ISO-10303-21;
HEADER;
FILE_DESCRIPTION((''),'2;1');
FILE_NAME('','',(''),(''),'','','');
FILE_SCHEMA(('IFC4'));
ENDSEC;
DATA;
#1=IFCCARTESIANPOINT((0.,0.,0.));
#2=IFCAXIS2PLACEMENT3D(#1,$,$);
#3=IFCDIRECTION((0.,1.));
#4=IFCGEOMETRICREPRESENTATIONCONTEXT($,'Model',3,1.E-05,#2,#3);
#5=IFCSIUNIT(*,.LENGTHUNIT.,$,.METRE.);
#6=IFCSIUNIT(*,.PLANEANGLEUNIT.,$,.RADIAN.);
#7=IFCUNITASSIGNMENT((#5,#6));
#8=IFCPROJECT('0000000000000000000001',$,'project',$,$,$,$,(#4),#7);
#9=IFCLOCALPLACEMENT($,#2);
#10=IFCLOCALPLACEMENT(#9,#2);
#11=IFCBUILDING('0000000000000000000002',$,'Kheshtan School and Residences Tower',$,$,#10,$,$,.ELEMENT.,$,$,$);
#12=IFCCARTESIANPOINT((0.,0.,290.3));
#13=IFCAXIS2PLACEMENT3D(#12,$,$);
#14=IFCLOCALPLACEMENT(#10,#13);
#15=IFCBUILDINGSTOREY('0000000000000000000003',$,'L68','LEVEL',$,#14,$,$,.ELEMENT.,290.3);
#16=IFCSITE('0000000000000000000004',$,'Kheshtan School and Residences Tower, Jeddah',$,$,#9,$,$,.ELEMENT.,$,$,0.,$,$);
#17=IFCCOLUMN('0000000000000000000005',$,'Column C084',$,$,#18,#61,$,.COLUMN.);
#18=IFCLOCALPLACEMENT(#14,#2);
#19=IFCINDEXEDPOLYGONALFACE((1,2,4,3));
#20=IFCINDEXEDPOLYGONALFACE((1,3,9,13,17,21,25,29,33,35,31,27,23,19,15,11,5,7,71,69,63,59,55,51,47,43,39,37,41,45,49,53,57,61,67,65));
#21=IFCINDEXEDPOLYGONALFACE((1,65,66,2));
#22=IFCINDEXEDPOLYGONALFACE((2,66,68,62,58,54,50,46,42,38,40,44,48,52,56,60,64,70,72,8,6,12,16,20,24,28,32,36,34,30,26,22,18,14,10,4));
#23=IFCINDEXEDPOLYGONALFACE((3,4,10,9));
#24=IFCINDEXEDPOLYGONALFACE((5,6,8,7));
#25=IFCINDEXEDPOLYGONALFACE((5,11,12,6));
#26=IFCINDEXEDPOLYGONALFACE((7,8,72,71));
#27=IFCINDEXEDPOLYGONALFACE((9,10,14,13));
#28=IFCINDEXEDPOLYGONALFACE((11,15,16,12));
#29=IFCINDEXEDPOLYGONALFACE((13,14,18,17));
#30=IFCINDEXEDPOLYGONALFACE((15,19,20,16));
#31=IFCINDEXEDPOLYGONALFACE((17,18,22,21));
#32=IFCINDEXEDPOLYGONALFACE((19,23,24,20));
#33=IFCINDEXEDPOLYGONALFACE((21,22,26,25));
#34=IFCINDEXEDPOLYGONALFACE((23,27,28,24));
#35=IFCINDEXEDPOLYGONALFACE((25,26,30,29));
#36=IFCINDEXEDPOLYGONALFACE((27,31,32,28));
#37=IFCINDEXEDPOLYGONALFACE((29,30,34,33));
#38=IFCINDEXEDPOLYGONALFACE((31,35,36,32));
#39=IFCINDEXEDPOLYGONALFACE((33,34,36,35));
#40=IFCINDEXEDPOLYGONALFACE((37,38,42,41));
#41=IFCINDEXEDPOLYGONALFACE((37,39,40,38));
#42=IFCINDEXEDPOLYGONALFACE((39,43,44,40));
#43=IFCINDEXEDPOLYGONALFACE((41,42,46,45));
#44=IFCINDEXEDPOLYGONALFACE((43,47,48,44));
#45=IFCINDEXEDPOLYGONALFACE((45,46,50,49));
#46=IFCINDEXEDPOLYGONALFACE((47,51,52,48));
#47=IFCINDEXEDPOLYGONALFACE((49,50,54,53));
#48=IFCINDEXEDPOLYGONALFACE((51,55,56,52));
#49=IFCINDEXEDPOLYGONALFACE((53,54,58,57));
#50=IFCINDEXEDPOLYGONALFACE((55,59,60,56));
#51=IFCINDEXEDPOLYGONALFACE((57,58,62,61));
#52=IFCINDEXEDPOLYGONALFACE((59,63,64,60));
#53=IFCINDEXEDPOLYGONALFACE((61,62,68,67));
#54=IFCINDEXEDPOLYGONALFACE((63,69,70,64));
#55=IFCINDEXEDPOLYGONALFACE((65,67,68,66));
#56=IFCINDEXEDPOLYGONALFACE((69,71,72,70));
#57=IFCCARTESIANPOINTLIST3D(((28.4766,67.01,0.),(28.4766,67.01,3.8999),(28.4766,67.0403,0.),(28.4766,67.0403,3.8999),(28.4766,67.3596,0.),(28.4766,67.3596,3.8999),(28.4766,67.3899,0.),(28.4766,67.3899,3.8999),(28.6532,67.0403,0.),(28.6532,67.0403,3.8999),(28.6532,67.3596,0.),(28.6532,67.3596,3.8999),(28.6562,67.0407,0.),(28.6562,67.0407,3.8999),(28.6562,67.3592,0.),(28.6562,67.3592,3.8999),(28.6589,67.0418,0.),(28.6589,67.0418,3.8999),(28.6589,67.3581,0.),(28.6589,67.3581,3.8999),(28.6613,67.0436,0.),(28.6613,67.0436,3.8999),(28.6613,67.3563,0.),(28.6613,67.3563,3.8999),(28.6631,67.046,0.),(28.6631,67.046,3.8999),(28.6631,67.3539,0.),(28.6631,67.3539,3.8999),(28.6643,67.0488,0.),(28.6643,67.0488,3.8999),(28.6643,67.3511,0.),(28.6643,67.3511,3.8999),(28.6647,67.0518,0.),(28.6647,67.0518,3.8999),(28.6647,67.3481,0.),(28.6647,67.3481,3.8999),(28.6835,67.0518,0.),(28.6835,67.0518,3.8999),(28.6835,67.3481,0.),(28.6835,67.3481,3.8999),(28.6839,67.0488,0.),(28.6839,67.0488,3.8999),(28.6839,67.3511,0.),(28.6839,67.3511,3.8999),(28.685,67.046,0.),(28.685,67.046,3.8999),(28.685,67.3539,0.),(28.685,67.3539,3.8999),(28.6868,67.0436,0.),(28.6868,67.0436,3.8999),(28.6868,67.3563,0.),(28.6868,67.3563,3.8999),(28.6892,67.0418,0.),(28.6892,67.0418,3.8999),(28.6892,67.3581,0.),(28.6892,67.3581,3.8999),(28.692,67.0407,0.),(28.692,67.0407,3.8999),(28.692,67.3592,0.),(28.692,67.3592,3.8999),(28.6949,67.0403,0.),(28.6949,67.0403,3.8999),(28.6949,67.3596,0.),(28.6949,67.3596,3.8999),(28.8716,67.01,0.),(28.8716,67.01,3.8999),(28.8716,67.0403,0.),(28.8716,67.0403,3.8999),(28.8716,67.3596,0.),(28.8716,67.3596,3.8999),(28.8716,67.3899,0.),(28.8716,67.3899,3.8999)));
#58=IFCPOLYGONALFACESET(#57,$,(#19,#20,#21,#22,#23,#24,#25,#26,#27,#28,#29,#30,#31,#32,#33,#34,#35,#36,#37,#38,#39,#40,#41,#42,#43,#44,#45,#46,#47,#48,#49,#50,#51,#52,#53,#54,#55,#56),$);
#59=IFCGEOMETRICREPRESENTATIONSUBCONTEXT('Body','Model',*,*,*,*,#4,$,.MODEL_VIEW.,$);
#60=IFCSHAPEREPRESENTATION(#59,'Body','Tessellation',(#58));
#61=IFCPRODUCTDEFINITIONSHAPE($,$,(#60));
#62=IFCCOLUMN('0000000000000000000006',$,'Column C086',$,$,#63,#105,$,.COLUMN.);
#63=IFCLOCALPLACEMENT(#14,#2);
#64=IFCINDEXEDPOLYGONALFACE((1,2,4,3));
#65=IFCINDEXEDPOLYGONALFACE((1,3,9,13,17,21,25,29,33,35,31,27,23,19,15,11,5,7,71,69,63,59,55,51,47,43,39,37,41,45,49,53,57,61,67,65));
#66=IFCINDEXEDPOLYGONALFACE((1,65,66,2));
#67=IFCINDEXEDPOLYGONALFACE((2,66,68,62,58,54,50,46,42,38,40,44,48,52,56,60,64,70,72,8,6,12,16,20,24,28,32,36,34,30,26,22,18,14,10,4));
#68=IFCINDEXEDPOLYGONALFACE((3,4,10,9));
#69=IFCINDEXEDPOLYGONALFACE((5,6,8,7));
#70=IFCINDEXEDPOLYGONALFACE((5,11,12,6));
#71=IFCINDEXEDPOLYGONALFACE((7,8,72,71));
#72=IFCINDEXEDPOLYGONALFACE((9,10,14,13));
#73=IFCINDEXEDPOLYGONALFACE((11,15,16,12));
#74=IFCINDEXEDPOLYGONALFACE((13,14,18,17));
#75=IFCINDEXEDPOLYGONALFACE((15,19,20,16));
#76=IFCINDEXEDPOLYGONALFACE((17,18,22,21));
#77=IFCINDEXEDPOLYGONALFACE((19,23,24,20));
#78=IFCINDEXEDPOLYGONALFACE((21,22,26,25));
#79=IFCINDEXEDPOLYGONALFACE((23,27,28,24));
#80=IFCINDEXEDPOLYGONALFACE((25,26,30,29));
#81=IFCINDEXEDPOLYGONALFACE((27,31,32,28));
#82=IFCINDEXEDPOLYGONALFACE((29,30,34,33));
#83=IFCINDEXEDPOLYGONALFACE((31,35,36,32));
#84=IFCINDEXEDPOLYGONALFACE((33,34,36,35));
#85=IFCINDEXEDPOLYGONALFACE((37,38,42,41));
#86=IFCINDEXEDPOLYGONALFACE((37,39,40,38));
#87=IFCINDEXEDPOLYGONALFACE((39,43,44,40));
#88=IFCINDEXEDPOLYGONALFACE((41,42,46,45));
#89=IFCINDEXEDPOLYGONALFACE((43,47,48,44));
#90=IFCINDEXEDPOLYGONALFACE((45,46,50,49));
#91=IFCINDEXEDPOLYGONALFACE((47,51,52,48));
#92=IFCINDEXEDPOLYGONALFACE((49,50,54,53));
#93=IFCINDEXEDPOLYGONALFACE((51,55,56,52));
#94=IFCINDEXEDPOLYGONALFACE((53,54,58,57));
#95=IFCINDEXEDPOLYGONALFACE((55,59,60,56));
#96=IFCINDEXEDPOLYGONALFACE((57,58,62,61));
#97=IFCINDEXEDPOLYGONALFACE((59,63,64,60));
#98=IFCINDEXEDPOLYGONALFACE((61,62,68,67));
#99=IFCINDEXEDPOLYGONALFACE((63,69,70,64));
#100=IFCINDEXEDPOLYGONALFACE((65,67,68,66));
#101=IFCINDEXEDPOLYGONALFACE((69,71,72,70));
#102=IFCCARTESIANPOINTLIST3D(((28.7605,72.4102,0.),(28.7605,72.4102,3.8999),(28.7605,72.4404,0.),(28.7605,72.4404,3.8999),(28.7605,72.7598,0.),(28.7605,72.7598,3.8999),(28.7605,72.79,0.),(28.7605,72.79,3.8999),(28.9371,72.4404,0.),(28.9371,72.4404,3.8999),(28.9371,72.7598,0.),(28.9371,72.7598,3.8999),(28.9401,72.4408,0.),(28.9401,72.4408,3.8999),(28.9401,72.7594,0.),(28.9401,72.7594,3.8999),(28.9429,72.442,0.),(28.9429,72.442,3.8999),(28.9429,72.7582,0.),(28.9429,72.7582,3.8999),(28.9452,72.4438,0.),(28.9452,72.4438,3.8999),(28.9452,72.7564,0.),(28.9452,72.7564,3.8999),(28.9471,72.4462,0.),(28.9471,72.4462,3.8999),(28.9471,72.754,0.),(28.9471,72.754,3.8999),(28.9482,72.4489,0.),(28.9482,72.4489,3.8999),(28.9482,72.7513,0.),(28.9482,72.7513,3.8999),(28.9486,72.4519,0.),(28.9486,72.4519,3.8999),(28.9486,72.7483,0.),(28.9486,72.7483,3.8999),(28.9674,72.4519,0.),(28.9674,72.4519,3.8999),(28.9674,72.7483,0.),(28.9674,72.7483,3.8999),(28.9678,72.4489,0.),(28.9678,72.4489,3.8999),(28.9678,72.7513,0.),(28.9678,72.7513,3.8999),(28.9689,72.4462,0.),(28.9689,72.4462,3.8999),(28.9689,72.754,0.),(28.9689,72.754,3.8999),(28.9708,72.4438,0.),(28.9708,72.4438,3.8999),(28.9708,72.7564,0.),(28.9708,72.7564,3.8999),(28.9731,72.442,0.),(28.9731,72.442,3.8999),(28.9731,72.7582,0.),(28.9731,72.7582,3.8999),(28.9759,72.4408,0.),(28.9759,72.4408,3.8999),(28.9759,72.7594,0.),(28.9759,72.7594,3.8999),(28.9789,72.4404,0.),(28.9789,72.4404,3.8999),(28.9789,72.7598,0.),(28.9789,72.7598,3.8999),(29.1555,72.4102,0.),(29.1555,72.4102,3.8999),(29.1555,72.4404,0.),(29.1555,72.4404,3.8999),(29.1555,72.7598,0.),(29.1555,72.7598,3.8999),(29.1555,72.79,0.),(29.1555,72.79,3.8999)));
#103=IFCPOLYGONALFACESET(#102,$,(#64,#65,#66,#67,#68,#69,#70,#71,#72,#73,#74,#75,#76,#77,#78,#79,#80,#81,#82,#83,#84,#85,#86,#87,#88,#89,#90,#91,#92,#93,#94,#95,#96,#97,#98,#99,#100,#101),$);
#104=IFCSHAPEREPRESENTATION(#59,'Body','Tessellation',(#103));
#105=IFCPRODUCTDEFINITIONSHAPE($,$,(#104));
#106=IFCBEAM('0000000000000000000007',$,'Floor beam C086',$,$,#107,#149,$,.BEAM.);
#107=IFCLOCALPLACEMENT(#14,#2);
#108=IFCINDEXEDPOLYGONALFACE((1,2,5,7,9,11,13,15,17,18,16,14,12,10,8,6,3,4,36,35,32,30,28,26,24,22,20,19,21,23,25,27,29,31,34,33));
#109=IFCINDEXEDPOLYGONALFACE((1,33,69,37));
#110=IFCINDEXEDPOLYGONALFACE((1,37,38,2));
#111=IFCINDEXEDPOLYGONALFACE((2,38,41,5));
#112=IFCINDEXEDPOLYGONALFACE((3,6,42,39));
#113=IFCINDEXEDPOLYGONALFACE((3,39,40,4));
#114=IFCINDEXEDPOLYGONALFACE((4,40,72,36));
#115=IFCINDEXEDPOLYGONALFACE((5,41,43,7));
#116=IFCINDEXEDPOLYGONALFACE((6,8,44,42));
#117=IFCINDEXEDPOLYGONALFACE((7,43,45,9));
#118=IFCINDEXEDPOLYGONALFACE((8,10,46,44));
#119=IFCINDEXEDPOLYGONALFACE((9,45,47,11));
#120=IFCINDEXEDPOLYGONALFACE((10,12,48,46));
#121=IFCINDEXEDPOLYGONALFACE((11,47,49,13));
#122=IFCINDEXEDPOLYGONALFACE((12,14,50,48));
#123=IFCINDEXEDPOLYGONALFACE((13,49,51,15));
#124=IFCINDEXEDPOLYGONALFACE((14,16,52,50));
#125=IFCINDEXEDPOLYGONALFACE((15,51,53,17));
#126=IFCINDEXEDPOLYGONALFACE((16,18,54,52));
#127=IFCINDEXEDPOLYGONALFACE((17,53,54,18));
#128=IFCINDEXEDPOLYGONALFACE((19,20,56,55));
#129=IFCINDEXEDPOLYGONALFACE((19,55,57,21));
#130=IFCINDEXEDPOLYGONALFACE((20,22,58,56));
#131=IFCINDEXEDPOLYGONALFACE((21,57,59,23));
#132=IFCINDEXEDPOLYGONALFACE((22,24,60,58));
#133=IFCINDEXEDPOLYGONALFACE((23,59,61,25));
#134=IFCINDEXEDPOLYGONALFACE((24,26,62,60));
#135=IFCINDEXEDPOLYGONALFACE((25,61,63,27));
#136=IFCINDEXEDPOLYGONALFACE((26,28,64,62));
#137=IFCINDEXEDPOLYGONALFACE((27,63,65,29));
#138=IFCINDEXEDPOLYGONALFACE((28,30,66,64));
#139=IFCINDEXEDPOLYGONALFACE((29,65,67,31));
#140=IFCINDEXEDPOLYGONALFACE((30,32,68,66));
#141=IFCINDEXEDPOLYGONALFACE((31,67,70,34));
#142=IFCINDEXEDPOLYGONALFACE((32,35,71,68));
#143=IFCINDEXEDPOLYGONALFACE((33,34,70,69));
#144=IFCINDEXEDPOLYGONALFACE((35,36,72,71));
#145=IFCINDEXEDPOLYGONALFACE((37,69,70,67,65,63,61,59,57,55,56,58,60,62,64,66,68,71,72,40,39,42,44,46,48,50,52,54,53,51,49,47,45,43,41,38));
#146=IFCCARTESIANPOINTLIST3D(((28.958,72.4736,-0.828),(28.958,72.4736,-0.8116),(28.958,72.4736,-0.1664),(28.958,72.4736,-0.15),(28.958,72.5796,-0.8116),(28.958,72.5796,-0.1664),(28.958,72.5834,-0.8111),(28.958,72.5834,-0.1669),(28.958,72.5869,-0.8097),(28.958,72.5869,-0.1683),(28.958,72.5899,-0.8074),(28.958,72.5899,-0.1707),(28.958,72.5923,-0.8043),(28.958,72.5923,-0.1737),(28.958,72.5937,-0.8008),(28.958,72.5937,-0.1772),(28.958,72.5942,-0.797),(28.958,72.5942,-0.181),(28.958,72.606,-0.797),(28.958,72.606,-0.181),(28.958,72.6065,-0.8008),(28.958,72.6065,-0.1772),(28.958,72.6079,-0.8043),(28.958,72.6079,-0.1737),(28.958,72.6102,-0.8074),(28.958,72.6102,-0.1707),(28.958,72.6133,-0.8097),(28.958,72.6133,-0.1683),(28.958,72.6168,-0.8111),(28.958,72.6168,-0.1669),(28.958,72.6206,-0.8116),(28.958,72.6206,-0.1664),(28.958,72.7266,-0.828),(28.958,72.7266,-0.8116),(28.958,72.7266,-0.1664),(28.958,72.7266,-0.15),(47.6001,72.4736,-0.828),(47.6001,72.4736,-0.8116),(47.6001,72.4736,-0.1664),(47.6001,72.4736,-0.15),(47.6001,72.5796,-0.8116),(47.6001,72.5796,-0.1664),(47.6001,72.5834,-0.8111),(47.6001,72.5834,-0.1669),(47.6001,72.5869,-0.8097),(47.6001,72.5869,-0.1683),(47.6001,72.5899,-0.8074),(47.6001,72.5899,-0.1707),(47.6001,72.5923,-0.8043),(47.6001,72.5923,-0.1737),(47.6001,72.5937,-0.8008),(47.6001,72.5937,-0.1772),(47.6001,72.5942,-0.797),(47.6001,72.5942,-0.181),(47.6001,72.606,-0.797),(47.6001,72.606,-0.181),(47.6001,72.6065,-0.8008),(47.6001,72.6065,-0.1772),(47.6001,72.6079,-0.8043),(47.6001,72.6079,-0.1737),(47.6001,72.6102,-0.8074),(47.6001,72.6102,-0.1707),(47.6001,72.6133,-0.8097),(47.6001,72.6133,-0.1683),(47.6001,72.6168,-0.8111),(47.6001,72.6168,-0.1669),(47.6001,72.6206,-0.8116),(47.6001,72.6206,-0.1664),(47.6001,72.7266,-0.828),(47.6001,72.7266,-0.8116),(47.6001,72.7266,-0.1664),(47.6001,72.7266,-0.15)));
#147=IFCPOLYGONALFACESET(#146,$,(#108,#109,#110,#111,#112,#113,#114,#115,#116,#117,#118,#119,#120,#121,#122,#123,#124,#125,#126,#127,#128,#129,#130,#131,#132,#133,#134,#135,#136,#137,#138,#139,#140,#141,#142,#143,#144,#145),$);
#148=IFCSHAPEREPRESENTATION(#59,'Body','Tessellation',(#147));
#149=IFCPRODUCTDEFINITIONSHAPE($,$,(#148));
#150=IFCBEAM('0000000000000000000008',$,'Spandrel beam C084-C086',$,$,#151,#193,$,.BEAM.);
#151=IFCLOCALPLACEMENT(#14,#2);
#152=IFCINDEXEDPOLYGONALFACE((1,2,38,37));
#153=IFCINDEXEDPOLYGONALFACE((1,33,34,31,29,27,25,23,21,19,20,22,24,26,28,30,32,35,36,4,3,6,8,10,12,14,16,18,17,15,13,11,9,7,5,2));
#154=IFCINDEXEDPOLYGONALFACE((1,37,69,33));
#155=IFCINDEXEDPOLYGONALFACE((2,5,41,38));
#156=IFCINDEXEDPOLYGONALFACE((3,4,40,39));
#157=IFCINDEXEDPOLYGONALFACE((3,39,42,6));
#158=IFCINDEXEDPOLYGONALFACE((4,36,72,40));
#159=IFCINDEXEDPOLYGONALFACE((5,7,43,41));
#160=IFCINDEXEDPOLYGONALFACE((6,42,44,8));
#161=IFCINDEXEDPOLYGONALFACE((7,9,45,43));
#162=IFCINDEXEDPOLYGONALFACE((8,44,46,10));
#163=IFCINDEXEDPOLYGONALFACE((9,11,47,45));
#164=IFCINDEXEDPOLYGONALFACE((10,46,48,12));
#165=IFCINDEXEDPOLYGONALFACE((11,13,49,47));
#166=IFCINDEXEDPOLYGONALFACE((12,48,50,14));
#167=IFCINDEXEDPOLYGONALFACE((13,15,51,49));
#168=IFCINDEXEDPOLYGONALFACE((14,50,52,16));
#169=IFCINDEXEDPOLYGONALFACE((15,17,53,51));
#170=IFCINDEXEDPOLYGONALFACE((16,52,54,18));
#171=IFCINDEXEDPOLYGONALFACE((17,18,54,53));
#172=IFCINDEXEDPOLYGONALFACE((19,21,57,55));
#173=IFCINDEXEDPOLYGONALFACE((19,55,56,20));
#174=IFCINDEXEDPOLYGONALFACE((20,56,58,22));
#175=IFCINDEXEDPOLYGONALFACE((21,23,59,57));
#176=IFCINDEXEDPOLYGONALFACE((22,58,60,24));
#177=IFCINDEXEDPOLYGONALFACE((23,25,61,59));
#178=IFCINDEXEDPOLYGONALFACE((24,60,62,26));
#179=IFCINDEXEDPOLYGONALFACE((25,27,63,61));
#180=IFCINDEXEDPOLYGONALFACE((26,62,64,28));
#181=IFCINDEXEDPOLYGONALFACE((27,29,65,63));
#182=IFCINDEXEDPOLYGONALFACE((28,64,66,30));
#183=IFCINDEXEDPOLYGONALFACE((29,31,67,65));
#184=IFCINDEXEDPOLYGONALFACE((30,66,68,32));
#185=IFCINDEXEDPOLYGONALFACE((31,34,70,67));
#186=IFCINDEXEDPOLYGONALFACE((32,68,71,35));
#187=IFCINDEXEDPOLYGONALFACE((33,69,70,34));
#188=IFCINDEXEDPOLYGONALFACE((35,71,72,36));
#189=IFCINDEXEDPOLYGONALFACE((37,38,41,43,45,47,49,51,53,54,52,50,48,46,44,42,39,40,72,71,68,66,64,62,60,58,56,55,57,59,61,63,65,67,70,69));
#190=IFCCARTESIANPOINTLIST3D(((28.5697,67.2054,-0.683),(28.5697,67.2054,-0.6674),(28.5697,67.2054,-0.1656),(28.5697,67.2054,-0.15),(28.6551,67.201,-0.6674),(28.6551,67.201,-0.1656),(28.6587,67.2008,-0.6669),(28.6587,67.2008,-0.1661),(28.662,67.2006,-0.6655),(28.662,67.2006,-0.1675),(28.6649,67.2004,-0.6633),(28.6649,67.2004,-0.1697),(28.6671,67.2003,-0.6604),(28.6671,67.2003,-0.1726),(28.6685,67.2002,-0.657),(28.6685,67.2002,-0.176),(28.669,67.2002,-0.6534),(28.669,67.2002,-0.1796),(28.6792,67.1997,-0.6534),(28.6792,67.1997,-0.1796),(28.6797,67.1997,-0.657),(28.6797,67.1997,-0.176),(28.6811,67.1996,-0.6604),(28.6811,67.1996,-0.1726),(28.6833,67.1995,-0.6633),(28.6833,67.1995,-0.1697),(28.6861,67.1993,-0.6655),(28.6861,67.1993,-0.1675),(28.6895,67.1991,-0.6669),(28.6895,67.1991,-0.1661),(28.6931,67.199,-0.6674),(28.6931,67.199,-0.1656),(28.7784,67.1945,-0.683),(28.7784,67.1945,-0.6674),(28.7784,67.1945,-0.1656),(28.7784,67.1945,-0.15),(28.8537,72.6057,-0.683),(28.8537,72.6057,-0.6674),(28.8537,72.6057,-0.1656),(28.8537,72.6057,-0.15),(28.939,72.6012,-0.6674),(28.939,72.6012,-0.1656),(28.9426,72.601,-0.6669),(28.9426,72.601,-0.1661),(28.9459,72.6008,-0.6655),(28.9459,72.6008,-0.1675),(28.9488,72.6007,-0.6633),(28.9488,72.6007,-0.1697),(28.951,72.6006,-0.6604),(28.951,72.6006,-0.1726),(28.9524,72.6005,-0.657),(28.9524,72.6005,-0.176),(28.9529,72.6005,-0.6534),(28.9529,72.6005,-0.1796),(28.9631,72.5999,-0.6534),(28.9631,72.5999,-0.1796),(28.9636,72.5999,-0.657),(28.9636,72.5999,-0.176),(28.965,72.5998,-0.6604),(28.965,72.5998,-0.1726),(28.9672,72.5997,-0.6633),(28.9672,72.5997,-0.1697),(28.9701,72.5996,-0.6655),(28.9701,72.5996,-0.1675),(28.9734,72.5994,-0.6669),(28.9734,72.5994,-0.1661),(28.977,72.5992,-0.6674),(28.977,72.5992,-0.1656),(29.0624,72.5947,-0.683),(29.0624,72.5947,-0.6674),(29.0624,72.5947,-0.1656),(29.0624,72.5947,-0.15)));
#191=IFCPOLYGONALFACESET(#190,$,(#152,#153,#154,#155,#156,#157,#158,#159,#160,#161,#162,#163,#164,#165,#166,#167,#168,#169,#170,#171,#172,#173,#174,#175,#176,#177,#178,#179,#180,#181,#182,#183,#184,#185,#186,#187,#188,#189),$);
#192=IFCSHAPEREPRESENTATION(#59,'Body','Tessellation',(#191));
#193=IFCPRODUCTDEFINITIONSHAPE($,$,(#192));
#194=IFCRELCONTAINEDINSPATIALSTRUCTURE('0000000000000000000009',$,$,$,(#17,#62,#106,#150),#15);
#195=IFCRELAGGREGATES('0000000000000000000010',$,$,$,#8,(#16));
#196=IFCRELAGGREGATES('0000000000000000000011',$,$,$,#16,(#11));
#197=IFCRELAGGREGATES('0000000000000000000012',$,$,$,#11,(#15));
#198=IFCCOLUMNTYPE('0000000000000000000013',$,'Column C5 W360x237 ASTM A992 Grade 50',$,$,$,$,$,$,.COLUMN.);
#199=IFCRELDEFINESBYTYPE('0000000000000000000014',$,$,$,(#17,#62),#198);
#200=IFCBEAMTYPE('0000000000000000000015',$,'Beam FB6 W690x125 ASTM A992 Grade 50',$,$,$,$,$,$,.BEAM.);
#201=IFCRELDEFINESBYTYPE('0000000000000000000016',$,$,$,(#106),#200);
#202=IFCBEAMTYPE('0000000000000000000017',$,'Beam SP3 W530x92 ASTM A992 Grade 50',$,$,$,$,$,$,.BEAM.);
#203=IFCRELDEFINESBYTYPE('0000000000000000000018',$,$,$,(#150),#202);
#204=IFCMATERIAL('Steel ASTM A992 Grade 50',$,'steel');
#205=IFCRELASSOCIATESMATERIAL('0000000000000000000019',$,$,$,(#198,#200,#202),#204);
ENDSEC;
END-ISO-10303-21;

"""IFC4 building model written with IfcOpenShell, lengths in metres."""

from ifc_helpers import new_model, si_unit, direction, frame, origin, origin_2d, place, context, subcontext, project, spatial, i_section, extrude, material, material_profile, profile_set, type_object, element, save


model = new_model("IFC4")

# Units and contexts
model_context = context("Model", 3, precision=1e-05, world=origin(), true_north=direction((0.0, 1.0)))
body_context = subcontext(model_context, "Body", "Model", "MODEL_VIEW")
ifc_project = project(units=[si_unit("LENGTHUNIT", "METRE"), si_unit("PLANEANGLEUNIT", "RADIAN")], contexts=[model_context])

# Site, building, storey
site_placement = place(None, origin())
site = spatial("IfcSite", under=ifc_project, at=site_placement, Name="Kheshtan School and Residences Tower, Jeddah", CompositionType="ELEMENT", RefElevation=0.0)
building_placement = place(site_placement, origin())
building = spatial("IfcBuilding", under=site, at=building_placement, Name="Kheshtan School and Residences Tower", CompositionType="ELEMENT")
storey_placement = place(building_placement, frame((0.0, 0.0, 290.3)))
storey = spatial("IfcBuildingStorey", under=building, at=storey_placement, Name="L68", Description="LEVEL", CompositionType="ELEMENT", Elevation=290.3)

# Columns
ifc_material_1 = material(Name="Steel ASTM A992 Grade 50", Category="steel")
ifc_material_profile_1 = material_profile(ifc_material_1, i_section(OverallWidth=0.395, OverallDepth=0.3799, WebThickness=0.0188, FlangeThickness=0.0303, FilletRadius=0.0115, at=origin_2d()), Name="W360x237")
ifc_profile_set_1 = profile_set([ifc_material_profile_1], Name="Steel ASTM A992 Grade 50")
column_type = type_object("IfcColumnType", Name="Column C5 W360x237 ASTM A992 Grade 50", PredefinedType="COLUMN", material=ifc_profile_set_1)
for number, where, z_axis, x_axis, name in (
    (1, (28.6741, 67.2, 0.0), (0.0, 0.0, 1.0), (1.0, 0.0, 0.0), "Column C084"),
    (2, (28.958, 72.6001, 0.0), (0.0, 0.0, 1.0), (1.0, 0.0, 0.0), "Column C086"),
):
    element("IfcColumn", number, at=place(storey_placement, frame(where, z_axis=z_axis, x_axis=x_axis)), inside=storey, type_object=column_type, Name=name, PredefinedType="COLUMN", context=body_context, shape_type="SweptSolid", body=[
        extrude(i_section(OverallWidth=0.395, OverallDepth=0.3799, WebThickness=0.0188, FlangeThickness=0.0303, FilletRadius=0.0115, at=origin_2d()), origin(), (0.0, 0.0, 1.0), 3.8999),
    ])

# Beams
ifc_material_profile_2 = material_profile(ifc_material_1, i_section(OverallWidth=0.2529, OverallDepth=0.678, WebThickness=0.0117, FlangeThickness=0.0164, FilletRadius=0.0146, at=origin_2d()), Name="W690x125")
ifc_profile_set_2 = profile_set([ifc_material_profile_2], Name="Steel ASTM A992 Grade 50")
beam_type_1 = type_object("IfcBeamType", Name="Beam FB6 W690x125 ASTM A992 Grade 50", PredefinedType="BEAM", material=ifc_profile_set_2)
beam_1_placement = place(storey_placement, frame((28.958, 72.6001, -0.489), z_axis=(1.0, 0.0, 0.0), x_axis=(0.0, 1.0, 0.0)))
element("IfcBeam", 3, at=beam_1_placement, inside=storey, type_object=beam_type_1, Name="Floor beam C086", PredefinedType="BEAM", context=body_context, shape_type="SweptSolid", body=[
    extrude(i_section(OverallWidth=0.2529, OverallDepth=0.678, WebThickness=0.0117, FlangeThickness=0.0164, FilletRadius=0.0146, at=origin_2d()), origin(), (0.0, 0.0, 1.0), 18.6421),
])
ifc_material_profile_3 = material_profile(ifc_material_1, i_section(OverallWidth=0.209, OverallDepth=0.533, WebThickness=0.0103, FlangeThickness=0.0156, FilletRadius=0.0139, at=origin_2d()), Name="W530x92")
ifc_profile_set_3 = profile_set([ifc_material_profile_3], Name="Steel ASTM A992 Grade 50")
beam_type_2 = type_object("IfcBeamType", Name="Beam SP3 W530x92 ASTM A992 Grade 50", PredefinedType="BEAM", material=ifc_profile_set_3)
beam_2_placement = place(storey_placement, frame((28.6741, 67.2, -0.4165), z_axis=(0.052507, 0.998621, 0.0), x_axis=(-0.998621, 0.052507, 0.0)))
element("IfcBeam", 4, at=beam_2_placement, inside=storey, type_object=beam_type_2, Name="Spandrel beam C084-C086", PredefinedType="BEAM", context=body_context, shape_type="SweptSolid", body=[
    extrude(i_section(OverallWidth=0.209, OverallDepth=0.533, WebThickness=0.0103, FlangeThickness=0.0156, FilletRadius=0.0139, at=origin_2d()), origin(), (0.0, 0.0, 1.0), 5.4077),
])

save(model, "model.ifc")
